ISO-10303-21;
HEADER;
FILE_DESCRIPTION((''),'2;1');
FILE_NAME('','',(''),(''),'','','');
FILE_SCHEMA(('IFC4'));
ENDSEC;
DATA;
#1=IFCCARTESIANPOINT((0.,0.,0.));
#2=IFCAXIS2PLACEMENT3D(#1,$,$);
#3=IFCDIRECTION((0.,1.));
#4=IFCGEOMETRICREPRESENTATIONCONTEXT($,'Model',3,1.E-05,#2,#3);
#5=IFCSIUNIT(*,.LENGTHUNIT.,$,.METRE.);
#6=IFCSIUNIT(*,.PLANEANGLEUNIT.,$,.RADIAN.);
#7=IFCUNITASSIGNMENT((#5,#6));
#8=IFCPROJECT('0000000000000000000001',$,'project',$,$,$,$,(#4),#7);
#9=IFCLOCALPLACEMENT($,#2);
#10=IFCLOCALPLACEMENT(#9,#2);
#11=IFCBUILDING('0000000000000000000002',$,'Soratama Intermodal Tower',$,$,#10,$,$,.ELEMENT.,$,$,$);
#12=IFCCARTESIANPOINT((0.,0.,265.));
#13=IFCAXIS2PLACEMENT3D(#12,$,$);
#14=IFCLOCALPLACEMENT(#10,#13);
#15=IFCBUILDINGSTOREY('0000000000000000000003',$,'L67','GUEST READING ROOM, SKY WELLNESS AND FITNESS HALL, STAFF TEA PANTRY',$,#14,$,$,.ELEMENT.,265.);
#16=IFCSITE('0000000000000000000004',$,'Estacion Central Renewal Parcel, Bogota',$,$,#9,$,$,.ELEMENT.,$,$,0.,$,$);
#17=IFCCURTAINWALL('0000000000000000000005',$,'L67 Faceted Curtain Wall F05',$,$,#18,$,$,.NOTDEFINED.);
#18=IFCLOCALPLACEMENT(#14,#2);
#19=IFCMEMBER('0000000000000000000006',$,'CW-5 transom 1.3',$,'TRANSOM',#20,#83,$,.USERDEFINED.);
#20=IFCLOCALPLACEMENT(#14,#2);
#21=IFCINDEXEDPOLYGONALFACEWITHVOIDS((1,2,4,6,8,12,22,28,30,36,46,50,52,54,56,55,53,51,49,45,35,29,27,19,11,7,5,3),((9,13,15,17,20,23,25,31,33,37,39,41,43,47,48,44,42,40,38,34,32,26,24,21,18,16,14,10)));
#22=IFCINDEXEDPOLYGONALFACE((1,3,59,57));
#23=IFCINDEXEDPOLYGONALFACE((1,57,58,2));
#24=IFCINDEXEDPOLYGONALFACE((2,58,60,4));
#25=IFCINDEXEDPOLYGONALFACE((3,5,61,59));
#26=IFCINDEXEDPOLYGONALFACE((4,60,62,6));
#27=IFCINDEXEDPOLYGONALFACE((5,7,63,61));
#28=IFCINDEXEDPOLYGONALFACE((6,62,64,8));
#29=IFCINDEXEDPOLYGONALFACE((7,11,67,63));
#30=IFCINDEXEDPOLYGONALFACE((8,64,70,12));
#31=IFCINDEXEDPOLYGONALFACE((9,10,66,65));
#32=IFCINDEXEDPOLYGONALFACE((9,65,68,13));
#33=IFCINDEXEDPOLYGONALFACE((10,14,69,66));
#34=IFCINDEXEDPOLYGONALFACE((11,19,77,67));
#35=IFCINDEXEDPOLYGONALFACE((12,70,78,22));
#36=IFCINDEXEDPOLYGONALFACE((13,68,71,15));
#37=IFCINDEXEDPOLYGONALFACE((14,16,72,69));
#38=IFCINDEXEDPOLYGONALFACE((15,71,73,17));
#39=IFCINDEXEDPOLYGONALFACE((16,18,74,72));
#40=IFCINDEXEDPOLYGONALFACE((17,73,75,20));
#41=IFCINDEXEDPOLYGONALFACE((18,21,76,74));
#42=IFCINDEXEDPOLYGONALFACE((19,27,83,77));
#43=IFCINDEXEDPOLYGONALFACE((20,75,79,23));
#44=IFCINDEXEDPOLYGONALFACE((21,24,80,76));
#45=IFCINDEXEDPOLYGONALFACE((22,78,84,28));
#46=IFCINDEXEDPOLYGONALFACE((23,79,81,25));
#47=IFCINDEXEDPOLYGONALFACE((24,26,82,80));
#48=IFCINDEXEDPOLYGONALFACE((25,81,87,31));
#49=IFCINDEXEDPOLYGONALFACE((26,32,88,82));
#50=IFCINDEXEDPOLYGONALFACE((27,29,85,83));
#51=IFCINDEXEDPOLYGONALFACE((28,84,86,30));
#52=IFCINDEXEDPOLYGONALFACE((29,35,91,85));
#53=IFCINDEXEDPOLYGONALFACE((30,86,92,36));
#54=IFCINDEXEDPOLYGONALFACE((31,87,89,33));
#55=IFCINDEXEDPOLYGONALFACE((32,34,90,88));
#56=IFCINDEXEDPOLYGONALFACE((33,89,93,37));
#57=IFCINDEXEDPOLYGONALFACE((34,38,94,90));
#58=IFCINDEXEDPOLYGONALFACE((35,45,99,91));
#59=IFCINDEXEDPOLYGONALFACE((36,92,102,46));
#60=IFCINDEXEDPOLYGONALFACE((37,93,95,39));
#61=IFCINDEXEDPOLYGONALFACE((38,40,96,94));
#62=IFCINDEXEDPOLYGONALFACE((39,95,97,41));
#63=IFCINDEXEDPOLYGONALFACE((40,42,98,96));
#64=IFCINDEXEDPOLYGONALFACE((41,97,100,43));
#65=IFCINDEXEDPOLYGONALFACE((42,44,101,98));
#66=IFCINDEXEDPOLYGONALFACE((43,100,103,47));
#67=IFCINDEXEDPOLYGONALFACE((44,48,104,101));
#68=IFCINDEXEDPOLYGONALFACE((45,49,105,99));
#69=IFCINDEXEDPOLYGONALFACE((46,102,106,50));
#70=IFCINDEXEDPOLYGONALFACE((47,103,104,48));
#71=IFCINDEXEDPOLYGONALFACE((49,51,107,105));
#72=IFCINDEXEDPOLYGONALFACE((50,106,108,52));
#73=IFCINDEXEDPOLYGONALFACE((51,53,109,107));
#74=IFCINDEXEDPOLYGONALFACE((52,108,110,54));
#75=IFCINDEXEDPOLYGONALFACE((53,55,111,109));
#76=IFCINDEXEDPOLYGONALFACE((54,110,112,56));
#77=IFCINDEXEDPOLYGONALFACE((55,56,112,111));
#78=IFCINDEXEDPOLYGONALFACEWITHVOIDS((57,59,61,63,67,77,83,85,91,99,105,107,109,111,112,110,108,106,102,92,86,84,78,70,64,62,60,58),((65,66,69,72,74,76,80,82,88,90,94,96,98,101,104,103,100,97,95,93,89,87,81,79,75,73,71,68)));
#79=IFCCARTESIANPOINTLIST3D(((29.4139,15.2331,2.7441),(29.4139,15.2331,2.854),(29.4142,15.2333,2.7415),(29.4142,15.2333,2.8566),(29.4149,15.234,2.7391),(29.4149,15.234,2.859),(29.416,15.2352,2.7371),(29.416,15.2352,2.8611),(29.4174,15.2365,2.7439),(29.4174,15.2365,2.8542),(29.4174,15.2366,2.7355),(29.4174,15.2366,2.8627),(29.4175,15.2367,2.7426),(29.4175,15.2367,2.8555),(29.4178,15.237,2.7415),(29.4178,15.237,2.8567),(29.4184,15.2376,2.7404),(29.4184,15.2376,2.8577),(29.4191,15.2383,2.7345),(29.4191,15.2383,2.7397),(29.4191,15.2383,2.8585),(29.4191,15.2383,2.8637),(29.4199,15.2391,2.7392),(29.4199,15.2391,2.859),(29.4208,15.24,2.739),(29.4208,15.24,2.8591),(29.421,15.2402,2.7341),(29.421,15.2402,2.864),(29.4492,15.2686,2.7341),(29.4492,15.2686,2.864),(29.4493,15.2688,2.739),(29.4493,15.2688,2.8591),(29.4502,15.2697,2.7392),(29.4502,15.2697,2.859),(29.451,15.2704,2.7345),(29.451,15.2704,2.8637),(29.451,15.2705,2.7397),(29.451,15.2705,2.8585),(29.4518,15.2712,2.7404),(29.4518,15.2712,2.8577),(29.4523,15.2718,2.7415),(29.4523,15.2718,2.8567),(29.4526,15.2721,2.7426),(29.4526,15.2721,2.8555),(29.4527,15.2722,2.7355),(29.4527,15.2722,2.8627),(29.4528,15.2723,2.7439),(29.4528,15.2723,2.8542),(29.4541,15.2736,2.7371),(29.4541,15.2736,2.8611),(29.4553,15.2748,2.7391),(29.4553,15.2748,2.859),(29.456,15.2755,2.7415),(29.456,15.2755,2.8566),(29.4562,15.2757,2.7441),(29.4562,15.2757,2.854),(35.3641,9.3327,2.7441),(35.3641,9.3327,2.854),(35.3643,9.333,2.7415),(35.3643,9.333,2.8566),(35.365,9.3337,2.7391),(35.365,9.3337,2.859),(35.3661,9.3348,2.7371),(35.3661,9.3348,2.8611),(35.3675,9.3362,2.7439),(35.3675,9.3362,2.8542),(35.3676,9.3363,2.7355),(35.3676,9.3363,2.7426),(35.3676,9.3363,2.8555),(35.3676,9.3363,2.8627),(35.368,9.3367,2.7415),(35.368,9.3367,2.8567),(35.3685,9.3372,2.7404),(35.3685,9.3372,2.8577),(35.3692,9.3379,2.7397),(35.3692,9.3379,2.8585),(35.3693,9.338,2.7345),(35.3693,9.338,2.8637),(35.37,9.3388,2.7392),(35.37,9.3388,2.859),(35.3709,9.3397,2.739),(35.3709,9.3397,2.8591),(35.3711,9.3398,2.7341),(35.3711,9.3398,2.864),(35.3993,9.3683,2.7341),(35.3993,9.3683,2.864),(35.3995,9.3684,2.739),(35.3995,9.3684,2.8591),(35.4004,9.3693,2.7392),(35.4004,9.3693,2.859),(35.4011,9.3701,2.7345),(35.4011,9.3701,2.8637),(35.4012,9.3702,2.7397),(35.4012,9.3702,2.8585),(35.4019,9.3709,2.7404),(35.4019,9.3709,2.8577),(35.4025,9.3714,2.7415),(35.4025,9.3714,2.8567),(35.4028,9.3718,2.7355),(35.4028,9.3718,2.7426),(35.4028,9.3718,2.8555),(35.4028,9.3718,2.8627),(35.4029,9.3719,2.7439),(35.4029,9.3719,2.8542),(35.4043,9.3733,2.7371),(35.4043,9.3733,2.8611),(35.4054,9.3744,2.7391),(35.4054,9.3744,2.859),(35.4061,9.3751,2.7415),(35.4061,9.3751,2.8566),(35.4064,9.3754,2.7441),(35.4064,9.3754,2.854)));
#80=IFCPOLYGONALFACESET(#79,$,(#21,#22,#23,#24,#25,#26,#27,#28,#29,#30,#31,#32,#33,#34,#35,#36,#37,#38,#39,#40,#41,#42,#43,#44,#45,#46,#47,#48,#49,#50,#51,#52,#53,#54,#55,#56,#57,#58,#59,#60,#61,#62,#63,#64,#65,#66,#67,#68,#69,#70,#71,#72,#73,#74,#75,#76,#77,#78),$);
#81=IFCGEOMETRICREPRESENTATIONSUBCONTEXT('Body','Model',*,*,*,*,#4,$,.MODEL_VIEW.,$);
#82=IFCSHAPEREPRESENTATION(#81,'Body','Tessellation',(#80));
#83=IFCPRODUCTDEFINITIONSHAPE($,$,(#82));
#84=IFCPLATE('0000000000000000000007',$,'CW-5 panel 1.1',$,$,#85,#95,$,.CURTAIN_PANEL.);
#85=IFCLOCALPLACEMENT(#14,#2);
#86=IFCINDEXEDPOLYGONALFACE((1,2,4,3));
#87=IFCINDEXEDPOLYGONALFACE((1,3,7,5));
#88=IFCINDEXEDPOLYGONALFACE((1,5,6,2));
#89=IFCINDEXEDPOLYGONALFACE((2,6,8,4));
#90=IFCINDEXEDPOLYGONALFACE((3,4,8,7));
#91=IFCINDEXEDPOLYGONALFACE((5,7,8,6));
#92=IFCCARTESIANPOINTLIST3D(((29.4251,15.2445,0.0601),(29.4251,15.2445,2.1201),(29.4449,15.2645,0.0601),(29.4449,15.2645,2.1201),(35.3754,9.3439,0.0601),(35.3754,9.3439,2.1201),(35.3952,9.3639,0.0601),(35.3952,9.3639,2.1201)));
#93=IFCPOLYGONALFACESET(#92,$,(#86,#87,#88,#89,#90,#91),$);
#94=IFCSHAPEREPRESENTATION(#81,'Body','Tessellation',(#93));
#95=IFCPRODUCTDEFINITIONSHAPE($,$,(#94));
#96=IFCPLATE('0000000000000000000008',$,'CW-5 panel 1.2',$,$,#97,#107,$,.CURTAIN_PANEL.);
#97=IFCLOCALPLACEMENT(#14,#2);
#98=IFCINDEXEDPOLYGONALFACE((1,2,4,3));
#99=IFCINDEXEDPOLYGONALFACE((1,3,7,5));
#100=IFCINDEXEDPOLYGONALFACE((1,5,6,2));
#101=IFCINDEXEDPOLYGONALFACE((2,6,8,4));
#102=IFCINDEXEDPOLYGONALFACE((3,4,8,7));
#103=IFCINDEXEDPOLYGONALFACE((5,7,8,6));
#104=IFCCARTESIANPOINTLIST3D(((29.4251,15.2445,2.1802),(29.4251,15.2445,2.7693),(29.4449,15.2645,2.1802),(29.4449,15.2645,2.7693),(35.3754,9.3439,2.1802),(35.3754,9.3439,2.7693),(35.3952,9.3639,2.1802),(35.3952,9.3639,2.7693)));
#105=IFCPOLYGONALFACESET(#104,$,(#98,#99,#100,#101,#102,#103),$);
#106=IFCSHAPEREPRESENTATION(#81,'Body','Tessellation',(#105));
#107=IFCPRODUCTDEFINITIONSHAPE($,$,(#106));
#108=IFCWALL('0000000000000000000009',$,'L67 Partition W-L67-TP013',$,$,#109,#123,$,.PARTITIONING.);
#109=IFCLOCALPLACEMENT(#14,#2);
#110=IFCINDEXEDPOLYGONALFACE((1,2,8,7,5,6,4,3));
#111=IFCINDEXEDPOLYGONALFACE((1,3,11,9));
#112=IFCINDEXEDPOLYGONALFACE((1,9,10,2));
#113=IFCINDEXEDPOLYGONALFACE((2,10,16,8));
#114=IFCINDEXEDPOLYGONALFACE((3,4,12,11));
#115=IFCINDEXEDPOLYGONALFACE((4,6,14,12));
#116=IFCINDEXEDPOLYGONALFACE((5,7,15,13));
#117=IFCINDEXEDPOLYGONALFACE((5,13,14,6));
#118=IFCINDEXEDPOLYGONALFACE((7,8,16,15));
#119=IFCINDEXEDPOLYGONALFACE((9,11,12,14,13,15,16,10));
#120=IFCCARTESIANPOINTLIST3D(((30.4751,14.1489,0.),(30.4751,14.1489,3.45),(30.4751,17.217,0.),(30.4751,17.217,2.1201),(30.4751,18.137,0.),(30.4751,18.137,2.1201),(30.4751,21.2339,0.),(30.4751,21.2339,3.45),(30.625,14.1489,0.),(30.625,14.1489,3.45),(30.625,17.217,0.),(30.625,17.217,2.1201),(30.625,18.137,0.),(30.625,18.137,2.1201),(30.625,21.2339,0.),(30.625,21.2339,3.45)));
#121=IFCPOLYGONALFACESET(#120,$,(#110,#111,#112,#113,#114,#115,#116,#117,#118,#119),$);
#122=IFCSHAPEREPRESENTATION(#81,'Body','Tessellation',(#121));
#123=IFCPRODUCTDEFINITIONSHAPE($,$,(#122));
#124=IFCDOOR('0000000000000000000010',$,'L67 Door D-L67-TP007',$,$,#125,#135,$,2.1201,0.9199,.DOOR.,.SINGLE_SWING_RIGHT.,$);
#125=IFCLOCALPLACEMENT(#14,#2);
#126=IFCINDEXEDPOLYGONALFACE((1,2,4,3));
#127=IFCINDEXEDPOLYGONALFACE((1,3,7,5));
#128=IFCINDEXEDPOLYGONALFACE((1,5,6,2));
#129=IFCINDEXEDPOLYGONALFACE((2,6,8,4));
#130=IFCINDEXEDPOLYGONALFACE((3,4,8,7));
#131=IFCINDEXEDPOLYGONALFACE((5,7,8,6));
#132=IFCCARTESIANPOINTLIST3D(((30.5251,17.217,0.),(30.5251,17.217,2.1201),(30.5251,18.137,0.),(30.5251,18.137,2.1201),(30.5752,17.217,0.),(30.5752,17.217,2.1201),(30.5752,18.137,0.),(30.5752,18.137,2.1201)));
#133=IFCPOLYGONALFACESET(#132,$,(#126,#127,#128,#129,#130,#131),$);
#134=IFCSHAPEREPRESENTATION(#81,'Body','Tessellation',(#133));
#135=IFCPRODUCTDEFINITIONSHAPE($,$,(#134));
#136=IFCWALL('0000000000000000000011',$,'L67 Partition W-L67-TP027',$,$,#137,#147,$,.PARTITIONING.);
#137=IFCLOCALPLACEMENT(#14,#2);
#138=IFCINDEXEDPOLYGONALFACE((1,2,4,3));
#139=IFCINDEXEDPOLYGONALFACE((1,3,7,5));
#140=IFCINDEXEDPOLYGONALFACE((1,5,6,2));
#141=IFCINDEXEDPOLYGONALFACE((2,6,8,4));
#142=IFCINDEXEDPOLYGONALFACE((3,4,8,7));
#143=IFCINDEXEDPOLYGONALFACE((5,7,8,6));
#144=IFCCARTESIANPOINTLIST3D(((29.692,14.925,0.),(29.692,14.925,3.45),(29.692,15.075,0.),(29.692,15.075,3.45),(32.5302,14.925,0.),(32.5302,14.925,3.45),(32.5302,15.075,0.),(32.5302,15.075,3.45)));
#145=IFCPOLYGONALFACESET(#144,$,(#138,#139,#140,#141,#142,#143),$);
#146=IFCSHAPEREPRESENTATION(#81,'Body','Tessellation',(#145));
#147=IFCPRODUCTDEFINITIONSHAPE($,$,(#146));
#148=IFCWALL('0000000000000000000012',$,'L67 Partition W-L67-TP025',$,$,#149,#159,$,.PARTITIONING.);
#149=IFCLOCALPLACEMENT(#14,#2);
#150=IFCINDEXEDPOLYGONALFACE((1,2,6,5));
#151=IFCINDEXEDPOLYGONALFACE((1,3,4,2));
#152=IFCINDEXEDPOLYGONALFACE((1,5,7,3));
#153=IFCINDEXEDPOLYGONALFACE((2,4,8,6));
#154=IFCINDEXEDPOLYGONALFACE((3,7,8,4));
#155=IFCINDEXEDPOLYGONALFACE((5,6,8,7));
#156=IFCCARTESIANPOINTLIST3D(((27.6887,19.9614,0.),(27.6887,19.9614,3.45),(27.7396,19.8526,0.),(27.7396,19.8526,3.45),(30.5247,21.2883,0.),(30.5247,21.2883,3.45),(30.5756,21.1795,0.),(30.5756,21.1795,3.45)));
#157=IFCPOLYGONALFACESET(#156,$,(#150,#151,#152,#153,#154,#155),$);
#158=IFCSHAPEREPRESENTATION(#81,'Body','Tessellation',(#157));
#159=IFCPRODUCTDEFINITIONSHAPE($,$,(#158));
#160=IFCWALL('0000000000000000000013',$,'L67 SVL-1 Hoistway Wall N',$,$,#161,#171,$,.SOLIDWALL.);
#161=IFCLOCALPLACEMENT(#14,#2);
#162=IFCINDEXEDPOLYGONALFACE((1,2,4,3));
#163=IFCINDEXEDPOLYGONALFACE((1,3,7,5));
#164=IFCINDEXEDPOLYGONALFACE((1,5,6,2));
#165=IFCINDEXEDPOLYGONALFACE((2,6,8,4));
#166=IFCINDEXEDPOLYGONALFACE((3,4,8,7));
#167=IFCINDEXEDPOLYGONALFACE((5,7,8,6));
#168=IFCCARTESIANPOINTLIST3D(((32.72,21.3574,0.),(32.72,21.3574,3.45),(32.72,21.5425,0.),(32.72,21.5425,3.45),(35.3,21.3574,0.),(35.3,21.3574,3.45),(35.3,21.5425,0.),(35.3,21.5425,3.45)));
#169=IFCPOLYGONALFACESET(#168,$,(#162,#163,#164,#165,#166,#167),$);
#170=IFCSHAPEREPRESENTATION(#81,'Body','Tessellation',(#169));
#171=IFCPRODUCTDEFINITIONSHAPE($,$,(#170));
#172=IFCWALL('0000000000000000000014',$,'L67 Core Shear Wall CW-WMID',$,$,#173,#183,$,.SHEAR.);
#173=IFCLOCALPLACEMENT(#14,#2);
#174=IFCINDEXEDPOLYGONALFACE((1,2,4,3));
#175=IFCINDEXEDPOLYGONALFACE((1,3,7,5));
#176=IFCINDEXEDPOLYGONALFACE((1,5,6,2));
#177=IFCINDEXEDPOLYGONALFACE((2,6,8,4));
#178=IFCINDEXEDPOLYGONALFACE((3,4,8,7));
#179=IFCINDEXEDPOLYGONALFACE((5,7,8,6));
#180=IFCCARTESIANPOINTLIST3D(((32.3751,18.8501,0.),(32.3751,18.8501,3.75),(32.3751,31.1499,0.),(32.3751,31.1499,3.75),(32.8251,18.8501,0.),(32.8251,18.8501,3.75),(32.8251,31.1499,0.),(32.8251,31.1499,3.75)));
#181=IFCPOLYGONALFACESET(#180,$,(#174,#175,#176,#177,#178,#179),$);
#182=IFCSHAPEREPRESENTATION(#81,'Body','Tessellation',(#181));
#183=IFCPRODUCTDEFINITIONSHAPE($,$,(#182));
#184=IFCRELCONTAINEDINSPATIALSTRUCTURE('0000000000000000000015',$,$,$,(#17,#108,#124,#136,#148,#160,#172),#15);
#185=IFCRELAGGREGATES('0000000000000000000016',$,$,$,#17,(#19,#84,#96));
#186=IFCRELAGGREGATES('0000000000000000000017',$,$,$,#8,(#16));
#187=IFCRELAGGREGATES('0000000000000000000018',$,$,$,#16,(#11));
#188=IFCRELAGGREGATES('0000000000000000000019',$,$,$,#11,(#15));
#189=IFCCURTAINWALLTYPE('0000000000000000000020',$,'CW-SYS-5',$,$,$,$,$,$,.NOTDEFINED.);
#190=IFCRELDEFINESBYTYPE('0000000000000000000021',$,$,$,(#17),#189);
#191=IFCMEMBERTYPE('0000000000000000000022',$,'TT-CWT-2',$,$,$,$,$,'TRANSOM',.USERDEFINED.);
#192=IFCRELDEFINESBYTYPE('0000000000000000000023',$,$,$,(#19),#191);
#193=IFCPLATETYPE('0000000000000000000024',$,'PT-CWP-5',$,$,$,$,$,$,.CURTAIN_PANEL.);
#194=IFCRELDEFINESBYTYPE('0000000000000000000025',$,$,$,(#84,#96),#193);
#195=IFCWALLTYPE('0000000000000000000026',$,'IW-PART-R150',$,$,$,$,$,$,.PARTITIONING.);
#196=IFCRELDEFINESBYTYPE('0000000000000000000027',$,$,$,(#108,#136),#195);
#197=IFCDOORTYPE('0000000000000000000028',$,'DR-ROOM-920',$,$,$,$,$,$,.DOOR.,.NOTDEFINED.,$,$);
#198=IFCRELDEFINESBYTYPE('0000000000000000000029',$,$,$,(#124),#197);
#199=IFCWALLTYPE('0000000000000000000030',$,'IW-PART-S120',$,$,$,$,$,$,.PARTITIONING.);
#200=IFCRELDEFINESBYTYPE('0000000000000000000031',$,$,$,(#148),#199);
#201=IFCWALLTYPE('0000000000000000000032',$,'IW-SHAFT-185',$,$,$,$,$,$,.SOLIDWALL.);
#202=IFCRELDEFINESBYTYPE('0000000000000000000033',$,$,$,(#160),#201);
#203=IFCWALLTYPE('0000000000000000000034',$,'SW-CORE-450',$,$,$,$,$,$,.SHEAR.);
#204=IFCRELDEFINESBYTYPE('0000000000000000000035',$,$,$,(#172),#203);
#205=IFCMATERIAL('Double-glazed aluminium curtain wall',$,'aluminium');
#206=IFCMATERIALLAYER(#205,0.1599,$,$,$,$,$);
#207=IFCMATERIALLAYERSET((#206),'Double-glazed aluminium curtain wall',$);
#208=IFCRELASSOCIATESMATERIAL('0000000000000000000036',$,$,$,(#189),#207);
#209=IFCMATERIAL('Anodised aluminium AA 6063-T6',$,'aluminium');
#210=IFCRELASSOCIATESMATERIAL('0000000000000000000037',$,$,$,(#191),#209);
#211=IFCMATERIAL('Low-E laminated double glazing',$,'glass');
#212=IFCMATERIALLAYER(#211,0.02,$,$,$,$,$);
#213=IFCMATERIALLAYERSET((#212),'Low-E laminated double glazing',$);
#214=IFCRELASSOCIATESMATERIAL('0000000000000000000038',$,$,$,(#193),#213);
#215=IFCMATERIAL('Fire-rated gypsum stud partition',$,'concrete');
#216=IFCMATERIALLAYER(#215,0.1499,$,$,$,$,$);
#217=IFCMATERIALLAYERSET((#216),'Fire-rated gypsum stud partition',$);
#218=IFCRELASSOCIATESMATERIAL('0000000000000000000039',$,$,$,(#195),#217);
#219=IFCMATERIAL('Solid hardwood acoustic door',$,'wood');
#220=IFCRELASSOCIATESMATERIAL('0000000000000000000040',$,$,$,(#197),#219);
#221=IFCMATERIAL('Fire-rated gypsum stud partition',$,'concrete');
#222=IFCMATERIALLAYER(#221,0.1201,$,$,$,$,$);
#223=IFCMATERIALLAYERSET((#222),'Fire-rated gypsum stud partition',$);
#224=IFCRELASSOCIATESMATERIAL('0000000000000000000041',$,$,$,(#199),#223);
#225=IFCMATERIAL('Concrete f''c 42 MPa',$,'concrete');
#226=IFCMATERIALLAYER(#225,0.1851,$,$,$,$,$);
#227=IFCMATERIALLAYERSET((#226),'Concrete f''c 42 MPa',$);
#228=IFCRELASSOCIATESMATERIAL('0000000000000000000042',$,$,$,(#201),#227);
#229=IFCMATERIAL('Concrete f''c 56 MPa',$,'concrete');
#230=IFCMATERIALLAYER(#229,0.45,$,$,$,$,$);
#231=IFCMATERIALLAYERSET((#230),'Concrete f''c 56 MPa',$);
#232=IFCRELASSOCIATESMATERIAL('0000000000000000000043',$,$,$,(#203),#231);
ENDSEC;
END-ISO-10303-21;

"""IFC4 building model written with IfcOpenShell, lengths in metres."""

from ifc_helpers import new_model, si_unit, direction, frame, frame_2d, origin, origin_2d, place, context, subcontext, project, spatial, rectangle, hollow_rectangle, extrude, material, layer, layer_set, material_profile, profile_set, type_object, element, fill, aggregate, save


model = new_model("IFC4")

# Units and contexts
model_context = context("Model", 3, precision=1e-05, world=origin(), true_north=direction((0.0, 1.0)))
body_context = subcontext(model_context, "Body", "Model", "MODEL_VIEW")
ifc_project = project(units=[si_unit("LENGTHUNIT", "METRE"), si_unit("PLANEANGLEUNIT", "RADIAN")], contexts=[model_context])

# Site, building, storey
site_placement = place(None, origin())
site = spatial("IfcSite", under=ifc_project, at=site_placement, Name="Estacion Central Renewal Parcel, Bogota", CompositionType="ELEMENT", RefElevation=0.0)
building_placement = place(site_placement, origin())
building = spatial("IfcBuilding", under=site, at=building_placement, Name="Soratama Intermodal Tower", CompositionType="ELEMENT")
storey_placement = place(building_placement, frame((0.0, 0.0, 265.0)))
storey = spatial("IfcBuildingStorey", under=building, at=storey_placement, Name="L67", Description="GUEST READING ROOM, SKY WELLNESS AND FITNESS HALL, STAFF TEA PANTRY", CompositionType="ELEMENT", Elevation=265.0)

# Curtain wall, member, plates
ifc_material_1 = material(Name="Double-glazed aluminium curtain wall", Category="aluminium")
ifc_layer_1 = layer(ifc_material_1, 0.1599)
ifc_layer_set_1 = layer_set([ifc_layer_1], Name="Double-glazed aluminium curtain wall")
curtain_wall_type = type_object("IfcCurtainWallType", Name="CW-SYS-5", PredefinedType="NOTDEFINED", material=ifc_layer_set_1)
curtain_wall_placement = place(storey_placement, origin())
curtain_wall = element("IfcCurtainWall", 1, at=curtain_wall_placement, inside=storey, type_object=curtain_wall_type, Name="L67 Faceted Curtain Wall F05", PredefinedType="NOTDEFINED")
ifc_material_2 = material(Name="Anodised aluminium AA 6063-T6", Category="aluminium")
ifc_material_profile_1 = material_profile(ifc_material_2, hollow_rectangle(XDim=0.0601, YDim=0.1299, WallThickness=0.0049, InnerFilletRadius=0.0049, OuterFilletRadius=0.01, at=origin_2d()), Name="CWT130X60X5")
ifc_profile_set_1 = profile_set([ifc_material_profile_1], Name="Anodised aluminium AA 6063-T6")
member_type = type_object("IfcMemberType", Name="TT-CWT-2", ElementType="TRANSOM", PredefinedType="USERDEFINED", material=ifc_profile_set_1)
member_1_placement = place(storey_placement, frame((29.4351, 15.2544, 2.7991), z_axis=(0.710072, -0.704129, 0.0), x_axis=(0.704129, 0.710072, 0.0)))
member_1 = element("IfcMember", 2, at=member_1_placement, type_object=member_type, Name="CW-5 transom 1.3", ObjectType="TRANSOM", PredefinedType="USERDEFINED", context=body_context, shape_type="SweptSolid", body=[
    extrude(hollow_rectangle(XDim=0.0601, YDim=0.1299, WallThickness=0.0049, InnerFilletRadius=0.0049, OuterFilletRadius=0.01, at=origin_2d()), origin(), (0.0, 0.0, 1.0), 8.3796),
])
ifc_material_3 = material(Name="Low-E laminated double glazing", Category="glass")
ifc_layer_2 = layer(ifc_material_3, 0.02)
ifc_layer_set_2 = layer_set([ifc_layer_2], Name="Low-E laminated double glazing")
plate_type = type_object("IfcPlateType", Name="PT-CWP-5", PredefinedType="CURTAIN_PANEL", material=ifc_layer_set_2)
plate_1_placement = place(storey_placement, frame((32.4102, 12.3042, 0.0601), z_axis=(0.0, 0.0, 1.0), x_axis=(0.710065, -0.704136, 0.0)))
plate_1 = element("IfcPlate", 3, at=plate_1_placement, type_object=plate_type, Name="CW-5 panel 1.1", PredefinedType="CURTAIN_PANEL", context=body_context, shape_type="SweptSolid", body=[
    extrude(rectangle(XDim=8.3799, YDim=0.0281, at=origin_2d()), origin(), (0.0, 0.0, 1.0), 2.0601),
])
plate_2_placement = place(storey_placement, frame((32.4102, 12.3042, 2.1802), z_axis=(0.0, 0.0, 1.0), x_axis=(0.710065, -0.704136, 0.0)))
plate_2 = element("IfcPlate", 4, at=plate_2_placement, type_object=plate_type, Name="CW-5 panel 1.2", PredefinedType="CURTAIN_PANEL", context=body_context, shape_type="SweptSolid", body=[
    extrude(rectangle(XDim=8.3799, YDim=0.0281, at=origin_2d()), origin(), (0.0, 0.0, 1.0), 0.5891),
])
aggregate(curtain_wall, [member_1, plate_1, plate_2])

# Wall, opening, door
ifc_material_4 = material(Name="Fire-rated gypsum stud partition", Category="concrete")
ifc_layer_3 = layer(ifc_material_4, 0.1499)
ifc_layer_set_3 = layer_set([ifc_layer_3], Name="Fire-rated gypsum stud partition")
wall_type_1 = type_object("IfcWallType", Name="IW-PART-R150", PredefinedType="PARTITIONING", material=ifc_layer_set_3)
wall_1_placement = place(storey_placement, frame((30.55, 14.1489, 0.0), z_axis=(0.0, 0.0, 1.0), x_axis=(0.0, 1.0, 0.0)))
wall_1 = element("IfcWall", 5, at=wall_1_placement, inside=storey, type_object=wall_type_1, Name="L67 Partition W-L67-TP013", PredefinedType="PARTITIONING", context=body_context, shape_type="SweptSolid", body=[
    extrude(rectangle(XDim=7.085, YDim=0.1499, at=frame_2d((3.5425, 0.0))), origin(), (0.0, 0.0, 1.0), 3.45),
])
opening_1_placement = place(wall_1_placement, frame((3.0681, 0.0, 0.0)))
opening_1 = element("IfcOpeningElement", 6, at=opening_1_placement, cuts=wall_1, PredefinedType="OPENING", context=body_context, shape_type="SweptSolid", body=[
    extrude(rectangle(XDim=0.9199, YDim=2.1201, at=frame_2d((0.46, 1.0601))), frame((0.0, 0.085, 0.0), z_axis=(0.0, -1.0, 0.0), x_axis=(1.0, 0.0, 0.0)), (0.0, 0.0, 1.0), 0.1699),
])
ifc_material_5 = material(Name="Solid hardwood acoustic door", Category="wood")
door_type = type_object("IfcDoorType", Name="DR-ROOM-920", OperationType="NOTDEFINED", PredefinedType="DOOR", material=ifc_material_5)
door_1_placement = place(opening_1_placement, origin())
door_1 = element("IfcDoor", 7, at=door_1_placement, inside=storey, type_object=door_type, Name="L67 Door D-L67-TP007", OperationType="SINGLE_SWING_RIGHT", OverallHeight=2.1201, OverallWidth=0.9199, PredefinedType="DOOR", context=body_context, shape_type="SweptSolid", body=[
    extrude(rectangle(XDim=0.9199, YDim=2.1201, at=frame_2d((0.46, 1.0601))), frame((0.0, 0.0249, 0.0), z_axis=(0.0, -1.0, 0.0), x_axis=(1.0, 0.0, 0.0)), (0.0, 0.0, 1.0), 0.05),
])
fill(opening_1, door_1)

# Walls
wall_2_placement = place(storey_placement, frame((32.53, 15.0, 0.0), z_axis=(0.0, 0.0, 1.0), x_axis=(-1.0, 0.0, 0.0)))
element("IfcWall", 8, at=wall_2_placement, inside=storey, type_object=wall_type_1, Name="L67 Partition W-L67-TP027", PredefinedType="PARTITIONING", context=body_context, shape_type="SweptSolid", body=[
    extrude(rectangle(XDim=2.8381, YDim=0.1499, at=frame_2d((1.4189, 0.0))), origin(), (0.0, 0.0, 1.0), 3.45),
])
ifc_material_6 = material(Name="Fire-rated gypsum stud partition", Category="concrete")
ifc_layer_4 = layer(ifc_material_6, 0.1201)
ifc_layer_set_4 = layer_set([ifc_layer_4], Name="Fire-rated gypsum stud partition")
wall_type_2 = type_object("IfcWallType", Name="IW-PART-S120", PredefinedType="PARTITIONING", material=ifc_layer_set_4)
wall_3_placement = place(storey_placement, frame((30.55, 21.2339, 0.0), z_axis=(0.0, 0.0, 1.0), x_axis=(-0.905758, -0.423794, 0.0)))
element("IfcWall", 9, at=wall_3_placement, inside=storey, type_object=wall_type_2, Name="L67 Partition W-L67-TP025", PredefinedType="PARTITIONING", context=body_context, shape_type="SweptSolid", body=[
    extrude(rectangle(XDim=3.1311, YDim=0.1201, at=frame_2d((1.5654, 0.0))), origin(), (0.0, 0.0, 1.0), 3.45),
])
ifc_material_7 = material(Name="Concrete f'c 42 MPa", Category="concrete")
ifc_layer_5 = layer(ifc_material_7, 0.1851)
ifc_layer_set_5 = layer_set([ifc_layer_5], Name="Concrete f'c 42 MPa")
wall_type_3 = type_object("IfcWallType", Name="IW-SHAFT-185", PredefinedType="SOLIDWALL", material=ifc_layer_set_5)
wall_4_placement = place(storey_placement, frame((32.72, 21.45, 0.0), z_axis=(0.0, 0.0, 1.0), x_axis=(1.0, 0.0, 0.0)))
element("IfcWall", 10, at=wall_4_placement, inside=storey, type_object=wall_type_3, Name="L67 SVL-1 Hoistway Wall N", PredefinedType="SOLIDWALL", context=body_context, shape_type="SweptSolid", body=[
    extrude(rectangle(XDim=2.5801, YDim=0.1851, at=frame_2d((1.29, 0.0))), origin(), (0.0, 0.0, 1.0), 3.45),
])
ifc_material_8 = material(Name="Concrete f'c 56 MPa", Category="concrete")
ifc_layer_6 = layer(ifc_material_8, 0.45)
ifc_layer_set_6 = layer_set([ifc_layer_6], Name="Concrete f'c 56 MPa")
wall_type_4 = type_object("IfcWallType", Name="SW-CORE-450", PredefinedType="SHEAR", material=ifc_layer_set_6)
wall_5_placement = place(storey_placement, frame((32.6001, 18.8501, 0.0), z_axis=(0.0, 0.0, 1.0), x_axis=(0.0, 1.0, 0.0)))
element("IfcWall", 11, at=wall_5_placement, inside=storey, type_object=wall_type_4, Name="L67 Core Shear Wall CW-WMID", PredefinedType="SHEAR", context=body_context, shape_type="SweptSolid", body=[
    extrude(rectangle(XDim=12.2998, YDim=0.45, at=frame_2d((6.1499, 0.0))), origin(), (0.0, 0.0, 1.0), 3.75),
])

save(model, "model.ifc")
